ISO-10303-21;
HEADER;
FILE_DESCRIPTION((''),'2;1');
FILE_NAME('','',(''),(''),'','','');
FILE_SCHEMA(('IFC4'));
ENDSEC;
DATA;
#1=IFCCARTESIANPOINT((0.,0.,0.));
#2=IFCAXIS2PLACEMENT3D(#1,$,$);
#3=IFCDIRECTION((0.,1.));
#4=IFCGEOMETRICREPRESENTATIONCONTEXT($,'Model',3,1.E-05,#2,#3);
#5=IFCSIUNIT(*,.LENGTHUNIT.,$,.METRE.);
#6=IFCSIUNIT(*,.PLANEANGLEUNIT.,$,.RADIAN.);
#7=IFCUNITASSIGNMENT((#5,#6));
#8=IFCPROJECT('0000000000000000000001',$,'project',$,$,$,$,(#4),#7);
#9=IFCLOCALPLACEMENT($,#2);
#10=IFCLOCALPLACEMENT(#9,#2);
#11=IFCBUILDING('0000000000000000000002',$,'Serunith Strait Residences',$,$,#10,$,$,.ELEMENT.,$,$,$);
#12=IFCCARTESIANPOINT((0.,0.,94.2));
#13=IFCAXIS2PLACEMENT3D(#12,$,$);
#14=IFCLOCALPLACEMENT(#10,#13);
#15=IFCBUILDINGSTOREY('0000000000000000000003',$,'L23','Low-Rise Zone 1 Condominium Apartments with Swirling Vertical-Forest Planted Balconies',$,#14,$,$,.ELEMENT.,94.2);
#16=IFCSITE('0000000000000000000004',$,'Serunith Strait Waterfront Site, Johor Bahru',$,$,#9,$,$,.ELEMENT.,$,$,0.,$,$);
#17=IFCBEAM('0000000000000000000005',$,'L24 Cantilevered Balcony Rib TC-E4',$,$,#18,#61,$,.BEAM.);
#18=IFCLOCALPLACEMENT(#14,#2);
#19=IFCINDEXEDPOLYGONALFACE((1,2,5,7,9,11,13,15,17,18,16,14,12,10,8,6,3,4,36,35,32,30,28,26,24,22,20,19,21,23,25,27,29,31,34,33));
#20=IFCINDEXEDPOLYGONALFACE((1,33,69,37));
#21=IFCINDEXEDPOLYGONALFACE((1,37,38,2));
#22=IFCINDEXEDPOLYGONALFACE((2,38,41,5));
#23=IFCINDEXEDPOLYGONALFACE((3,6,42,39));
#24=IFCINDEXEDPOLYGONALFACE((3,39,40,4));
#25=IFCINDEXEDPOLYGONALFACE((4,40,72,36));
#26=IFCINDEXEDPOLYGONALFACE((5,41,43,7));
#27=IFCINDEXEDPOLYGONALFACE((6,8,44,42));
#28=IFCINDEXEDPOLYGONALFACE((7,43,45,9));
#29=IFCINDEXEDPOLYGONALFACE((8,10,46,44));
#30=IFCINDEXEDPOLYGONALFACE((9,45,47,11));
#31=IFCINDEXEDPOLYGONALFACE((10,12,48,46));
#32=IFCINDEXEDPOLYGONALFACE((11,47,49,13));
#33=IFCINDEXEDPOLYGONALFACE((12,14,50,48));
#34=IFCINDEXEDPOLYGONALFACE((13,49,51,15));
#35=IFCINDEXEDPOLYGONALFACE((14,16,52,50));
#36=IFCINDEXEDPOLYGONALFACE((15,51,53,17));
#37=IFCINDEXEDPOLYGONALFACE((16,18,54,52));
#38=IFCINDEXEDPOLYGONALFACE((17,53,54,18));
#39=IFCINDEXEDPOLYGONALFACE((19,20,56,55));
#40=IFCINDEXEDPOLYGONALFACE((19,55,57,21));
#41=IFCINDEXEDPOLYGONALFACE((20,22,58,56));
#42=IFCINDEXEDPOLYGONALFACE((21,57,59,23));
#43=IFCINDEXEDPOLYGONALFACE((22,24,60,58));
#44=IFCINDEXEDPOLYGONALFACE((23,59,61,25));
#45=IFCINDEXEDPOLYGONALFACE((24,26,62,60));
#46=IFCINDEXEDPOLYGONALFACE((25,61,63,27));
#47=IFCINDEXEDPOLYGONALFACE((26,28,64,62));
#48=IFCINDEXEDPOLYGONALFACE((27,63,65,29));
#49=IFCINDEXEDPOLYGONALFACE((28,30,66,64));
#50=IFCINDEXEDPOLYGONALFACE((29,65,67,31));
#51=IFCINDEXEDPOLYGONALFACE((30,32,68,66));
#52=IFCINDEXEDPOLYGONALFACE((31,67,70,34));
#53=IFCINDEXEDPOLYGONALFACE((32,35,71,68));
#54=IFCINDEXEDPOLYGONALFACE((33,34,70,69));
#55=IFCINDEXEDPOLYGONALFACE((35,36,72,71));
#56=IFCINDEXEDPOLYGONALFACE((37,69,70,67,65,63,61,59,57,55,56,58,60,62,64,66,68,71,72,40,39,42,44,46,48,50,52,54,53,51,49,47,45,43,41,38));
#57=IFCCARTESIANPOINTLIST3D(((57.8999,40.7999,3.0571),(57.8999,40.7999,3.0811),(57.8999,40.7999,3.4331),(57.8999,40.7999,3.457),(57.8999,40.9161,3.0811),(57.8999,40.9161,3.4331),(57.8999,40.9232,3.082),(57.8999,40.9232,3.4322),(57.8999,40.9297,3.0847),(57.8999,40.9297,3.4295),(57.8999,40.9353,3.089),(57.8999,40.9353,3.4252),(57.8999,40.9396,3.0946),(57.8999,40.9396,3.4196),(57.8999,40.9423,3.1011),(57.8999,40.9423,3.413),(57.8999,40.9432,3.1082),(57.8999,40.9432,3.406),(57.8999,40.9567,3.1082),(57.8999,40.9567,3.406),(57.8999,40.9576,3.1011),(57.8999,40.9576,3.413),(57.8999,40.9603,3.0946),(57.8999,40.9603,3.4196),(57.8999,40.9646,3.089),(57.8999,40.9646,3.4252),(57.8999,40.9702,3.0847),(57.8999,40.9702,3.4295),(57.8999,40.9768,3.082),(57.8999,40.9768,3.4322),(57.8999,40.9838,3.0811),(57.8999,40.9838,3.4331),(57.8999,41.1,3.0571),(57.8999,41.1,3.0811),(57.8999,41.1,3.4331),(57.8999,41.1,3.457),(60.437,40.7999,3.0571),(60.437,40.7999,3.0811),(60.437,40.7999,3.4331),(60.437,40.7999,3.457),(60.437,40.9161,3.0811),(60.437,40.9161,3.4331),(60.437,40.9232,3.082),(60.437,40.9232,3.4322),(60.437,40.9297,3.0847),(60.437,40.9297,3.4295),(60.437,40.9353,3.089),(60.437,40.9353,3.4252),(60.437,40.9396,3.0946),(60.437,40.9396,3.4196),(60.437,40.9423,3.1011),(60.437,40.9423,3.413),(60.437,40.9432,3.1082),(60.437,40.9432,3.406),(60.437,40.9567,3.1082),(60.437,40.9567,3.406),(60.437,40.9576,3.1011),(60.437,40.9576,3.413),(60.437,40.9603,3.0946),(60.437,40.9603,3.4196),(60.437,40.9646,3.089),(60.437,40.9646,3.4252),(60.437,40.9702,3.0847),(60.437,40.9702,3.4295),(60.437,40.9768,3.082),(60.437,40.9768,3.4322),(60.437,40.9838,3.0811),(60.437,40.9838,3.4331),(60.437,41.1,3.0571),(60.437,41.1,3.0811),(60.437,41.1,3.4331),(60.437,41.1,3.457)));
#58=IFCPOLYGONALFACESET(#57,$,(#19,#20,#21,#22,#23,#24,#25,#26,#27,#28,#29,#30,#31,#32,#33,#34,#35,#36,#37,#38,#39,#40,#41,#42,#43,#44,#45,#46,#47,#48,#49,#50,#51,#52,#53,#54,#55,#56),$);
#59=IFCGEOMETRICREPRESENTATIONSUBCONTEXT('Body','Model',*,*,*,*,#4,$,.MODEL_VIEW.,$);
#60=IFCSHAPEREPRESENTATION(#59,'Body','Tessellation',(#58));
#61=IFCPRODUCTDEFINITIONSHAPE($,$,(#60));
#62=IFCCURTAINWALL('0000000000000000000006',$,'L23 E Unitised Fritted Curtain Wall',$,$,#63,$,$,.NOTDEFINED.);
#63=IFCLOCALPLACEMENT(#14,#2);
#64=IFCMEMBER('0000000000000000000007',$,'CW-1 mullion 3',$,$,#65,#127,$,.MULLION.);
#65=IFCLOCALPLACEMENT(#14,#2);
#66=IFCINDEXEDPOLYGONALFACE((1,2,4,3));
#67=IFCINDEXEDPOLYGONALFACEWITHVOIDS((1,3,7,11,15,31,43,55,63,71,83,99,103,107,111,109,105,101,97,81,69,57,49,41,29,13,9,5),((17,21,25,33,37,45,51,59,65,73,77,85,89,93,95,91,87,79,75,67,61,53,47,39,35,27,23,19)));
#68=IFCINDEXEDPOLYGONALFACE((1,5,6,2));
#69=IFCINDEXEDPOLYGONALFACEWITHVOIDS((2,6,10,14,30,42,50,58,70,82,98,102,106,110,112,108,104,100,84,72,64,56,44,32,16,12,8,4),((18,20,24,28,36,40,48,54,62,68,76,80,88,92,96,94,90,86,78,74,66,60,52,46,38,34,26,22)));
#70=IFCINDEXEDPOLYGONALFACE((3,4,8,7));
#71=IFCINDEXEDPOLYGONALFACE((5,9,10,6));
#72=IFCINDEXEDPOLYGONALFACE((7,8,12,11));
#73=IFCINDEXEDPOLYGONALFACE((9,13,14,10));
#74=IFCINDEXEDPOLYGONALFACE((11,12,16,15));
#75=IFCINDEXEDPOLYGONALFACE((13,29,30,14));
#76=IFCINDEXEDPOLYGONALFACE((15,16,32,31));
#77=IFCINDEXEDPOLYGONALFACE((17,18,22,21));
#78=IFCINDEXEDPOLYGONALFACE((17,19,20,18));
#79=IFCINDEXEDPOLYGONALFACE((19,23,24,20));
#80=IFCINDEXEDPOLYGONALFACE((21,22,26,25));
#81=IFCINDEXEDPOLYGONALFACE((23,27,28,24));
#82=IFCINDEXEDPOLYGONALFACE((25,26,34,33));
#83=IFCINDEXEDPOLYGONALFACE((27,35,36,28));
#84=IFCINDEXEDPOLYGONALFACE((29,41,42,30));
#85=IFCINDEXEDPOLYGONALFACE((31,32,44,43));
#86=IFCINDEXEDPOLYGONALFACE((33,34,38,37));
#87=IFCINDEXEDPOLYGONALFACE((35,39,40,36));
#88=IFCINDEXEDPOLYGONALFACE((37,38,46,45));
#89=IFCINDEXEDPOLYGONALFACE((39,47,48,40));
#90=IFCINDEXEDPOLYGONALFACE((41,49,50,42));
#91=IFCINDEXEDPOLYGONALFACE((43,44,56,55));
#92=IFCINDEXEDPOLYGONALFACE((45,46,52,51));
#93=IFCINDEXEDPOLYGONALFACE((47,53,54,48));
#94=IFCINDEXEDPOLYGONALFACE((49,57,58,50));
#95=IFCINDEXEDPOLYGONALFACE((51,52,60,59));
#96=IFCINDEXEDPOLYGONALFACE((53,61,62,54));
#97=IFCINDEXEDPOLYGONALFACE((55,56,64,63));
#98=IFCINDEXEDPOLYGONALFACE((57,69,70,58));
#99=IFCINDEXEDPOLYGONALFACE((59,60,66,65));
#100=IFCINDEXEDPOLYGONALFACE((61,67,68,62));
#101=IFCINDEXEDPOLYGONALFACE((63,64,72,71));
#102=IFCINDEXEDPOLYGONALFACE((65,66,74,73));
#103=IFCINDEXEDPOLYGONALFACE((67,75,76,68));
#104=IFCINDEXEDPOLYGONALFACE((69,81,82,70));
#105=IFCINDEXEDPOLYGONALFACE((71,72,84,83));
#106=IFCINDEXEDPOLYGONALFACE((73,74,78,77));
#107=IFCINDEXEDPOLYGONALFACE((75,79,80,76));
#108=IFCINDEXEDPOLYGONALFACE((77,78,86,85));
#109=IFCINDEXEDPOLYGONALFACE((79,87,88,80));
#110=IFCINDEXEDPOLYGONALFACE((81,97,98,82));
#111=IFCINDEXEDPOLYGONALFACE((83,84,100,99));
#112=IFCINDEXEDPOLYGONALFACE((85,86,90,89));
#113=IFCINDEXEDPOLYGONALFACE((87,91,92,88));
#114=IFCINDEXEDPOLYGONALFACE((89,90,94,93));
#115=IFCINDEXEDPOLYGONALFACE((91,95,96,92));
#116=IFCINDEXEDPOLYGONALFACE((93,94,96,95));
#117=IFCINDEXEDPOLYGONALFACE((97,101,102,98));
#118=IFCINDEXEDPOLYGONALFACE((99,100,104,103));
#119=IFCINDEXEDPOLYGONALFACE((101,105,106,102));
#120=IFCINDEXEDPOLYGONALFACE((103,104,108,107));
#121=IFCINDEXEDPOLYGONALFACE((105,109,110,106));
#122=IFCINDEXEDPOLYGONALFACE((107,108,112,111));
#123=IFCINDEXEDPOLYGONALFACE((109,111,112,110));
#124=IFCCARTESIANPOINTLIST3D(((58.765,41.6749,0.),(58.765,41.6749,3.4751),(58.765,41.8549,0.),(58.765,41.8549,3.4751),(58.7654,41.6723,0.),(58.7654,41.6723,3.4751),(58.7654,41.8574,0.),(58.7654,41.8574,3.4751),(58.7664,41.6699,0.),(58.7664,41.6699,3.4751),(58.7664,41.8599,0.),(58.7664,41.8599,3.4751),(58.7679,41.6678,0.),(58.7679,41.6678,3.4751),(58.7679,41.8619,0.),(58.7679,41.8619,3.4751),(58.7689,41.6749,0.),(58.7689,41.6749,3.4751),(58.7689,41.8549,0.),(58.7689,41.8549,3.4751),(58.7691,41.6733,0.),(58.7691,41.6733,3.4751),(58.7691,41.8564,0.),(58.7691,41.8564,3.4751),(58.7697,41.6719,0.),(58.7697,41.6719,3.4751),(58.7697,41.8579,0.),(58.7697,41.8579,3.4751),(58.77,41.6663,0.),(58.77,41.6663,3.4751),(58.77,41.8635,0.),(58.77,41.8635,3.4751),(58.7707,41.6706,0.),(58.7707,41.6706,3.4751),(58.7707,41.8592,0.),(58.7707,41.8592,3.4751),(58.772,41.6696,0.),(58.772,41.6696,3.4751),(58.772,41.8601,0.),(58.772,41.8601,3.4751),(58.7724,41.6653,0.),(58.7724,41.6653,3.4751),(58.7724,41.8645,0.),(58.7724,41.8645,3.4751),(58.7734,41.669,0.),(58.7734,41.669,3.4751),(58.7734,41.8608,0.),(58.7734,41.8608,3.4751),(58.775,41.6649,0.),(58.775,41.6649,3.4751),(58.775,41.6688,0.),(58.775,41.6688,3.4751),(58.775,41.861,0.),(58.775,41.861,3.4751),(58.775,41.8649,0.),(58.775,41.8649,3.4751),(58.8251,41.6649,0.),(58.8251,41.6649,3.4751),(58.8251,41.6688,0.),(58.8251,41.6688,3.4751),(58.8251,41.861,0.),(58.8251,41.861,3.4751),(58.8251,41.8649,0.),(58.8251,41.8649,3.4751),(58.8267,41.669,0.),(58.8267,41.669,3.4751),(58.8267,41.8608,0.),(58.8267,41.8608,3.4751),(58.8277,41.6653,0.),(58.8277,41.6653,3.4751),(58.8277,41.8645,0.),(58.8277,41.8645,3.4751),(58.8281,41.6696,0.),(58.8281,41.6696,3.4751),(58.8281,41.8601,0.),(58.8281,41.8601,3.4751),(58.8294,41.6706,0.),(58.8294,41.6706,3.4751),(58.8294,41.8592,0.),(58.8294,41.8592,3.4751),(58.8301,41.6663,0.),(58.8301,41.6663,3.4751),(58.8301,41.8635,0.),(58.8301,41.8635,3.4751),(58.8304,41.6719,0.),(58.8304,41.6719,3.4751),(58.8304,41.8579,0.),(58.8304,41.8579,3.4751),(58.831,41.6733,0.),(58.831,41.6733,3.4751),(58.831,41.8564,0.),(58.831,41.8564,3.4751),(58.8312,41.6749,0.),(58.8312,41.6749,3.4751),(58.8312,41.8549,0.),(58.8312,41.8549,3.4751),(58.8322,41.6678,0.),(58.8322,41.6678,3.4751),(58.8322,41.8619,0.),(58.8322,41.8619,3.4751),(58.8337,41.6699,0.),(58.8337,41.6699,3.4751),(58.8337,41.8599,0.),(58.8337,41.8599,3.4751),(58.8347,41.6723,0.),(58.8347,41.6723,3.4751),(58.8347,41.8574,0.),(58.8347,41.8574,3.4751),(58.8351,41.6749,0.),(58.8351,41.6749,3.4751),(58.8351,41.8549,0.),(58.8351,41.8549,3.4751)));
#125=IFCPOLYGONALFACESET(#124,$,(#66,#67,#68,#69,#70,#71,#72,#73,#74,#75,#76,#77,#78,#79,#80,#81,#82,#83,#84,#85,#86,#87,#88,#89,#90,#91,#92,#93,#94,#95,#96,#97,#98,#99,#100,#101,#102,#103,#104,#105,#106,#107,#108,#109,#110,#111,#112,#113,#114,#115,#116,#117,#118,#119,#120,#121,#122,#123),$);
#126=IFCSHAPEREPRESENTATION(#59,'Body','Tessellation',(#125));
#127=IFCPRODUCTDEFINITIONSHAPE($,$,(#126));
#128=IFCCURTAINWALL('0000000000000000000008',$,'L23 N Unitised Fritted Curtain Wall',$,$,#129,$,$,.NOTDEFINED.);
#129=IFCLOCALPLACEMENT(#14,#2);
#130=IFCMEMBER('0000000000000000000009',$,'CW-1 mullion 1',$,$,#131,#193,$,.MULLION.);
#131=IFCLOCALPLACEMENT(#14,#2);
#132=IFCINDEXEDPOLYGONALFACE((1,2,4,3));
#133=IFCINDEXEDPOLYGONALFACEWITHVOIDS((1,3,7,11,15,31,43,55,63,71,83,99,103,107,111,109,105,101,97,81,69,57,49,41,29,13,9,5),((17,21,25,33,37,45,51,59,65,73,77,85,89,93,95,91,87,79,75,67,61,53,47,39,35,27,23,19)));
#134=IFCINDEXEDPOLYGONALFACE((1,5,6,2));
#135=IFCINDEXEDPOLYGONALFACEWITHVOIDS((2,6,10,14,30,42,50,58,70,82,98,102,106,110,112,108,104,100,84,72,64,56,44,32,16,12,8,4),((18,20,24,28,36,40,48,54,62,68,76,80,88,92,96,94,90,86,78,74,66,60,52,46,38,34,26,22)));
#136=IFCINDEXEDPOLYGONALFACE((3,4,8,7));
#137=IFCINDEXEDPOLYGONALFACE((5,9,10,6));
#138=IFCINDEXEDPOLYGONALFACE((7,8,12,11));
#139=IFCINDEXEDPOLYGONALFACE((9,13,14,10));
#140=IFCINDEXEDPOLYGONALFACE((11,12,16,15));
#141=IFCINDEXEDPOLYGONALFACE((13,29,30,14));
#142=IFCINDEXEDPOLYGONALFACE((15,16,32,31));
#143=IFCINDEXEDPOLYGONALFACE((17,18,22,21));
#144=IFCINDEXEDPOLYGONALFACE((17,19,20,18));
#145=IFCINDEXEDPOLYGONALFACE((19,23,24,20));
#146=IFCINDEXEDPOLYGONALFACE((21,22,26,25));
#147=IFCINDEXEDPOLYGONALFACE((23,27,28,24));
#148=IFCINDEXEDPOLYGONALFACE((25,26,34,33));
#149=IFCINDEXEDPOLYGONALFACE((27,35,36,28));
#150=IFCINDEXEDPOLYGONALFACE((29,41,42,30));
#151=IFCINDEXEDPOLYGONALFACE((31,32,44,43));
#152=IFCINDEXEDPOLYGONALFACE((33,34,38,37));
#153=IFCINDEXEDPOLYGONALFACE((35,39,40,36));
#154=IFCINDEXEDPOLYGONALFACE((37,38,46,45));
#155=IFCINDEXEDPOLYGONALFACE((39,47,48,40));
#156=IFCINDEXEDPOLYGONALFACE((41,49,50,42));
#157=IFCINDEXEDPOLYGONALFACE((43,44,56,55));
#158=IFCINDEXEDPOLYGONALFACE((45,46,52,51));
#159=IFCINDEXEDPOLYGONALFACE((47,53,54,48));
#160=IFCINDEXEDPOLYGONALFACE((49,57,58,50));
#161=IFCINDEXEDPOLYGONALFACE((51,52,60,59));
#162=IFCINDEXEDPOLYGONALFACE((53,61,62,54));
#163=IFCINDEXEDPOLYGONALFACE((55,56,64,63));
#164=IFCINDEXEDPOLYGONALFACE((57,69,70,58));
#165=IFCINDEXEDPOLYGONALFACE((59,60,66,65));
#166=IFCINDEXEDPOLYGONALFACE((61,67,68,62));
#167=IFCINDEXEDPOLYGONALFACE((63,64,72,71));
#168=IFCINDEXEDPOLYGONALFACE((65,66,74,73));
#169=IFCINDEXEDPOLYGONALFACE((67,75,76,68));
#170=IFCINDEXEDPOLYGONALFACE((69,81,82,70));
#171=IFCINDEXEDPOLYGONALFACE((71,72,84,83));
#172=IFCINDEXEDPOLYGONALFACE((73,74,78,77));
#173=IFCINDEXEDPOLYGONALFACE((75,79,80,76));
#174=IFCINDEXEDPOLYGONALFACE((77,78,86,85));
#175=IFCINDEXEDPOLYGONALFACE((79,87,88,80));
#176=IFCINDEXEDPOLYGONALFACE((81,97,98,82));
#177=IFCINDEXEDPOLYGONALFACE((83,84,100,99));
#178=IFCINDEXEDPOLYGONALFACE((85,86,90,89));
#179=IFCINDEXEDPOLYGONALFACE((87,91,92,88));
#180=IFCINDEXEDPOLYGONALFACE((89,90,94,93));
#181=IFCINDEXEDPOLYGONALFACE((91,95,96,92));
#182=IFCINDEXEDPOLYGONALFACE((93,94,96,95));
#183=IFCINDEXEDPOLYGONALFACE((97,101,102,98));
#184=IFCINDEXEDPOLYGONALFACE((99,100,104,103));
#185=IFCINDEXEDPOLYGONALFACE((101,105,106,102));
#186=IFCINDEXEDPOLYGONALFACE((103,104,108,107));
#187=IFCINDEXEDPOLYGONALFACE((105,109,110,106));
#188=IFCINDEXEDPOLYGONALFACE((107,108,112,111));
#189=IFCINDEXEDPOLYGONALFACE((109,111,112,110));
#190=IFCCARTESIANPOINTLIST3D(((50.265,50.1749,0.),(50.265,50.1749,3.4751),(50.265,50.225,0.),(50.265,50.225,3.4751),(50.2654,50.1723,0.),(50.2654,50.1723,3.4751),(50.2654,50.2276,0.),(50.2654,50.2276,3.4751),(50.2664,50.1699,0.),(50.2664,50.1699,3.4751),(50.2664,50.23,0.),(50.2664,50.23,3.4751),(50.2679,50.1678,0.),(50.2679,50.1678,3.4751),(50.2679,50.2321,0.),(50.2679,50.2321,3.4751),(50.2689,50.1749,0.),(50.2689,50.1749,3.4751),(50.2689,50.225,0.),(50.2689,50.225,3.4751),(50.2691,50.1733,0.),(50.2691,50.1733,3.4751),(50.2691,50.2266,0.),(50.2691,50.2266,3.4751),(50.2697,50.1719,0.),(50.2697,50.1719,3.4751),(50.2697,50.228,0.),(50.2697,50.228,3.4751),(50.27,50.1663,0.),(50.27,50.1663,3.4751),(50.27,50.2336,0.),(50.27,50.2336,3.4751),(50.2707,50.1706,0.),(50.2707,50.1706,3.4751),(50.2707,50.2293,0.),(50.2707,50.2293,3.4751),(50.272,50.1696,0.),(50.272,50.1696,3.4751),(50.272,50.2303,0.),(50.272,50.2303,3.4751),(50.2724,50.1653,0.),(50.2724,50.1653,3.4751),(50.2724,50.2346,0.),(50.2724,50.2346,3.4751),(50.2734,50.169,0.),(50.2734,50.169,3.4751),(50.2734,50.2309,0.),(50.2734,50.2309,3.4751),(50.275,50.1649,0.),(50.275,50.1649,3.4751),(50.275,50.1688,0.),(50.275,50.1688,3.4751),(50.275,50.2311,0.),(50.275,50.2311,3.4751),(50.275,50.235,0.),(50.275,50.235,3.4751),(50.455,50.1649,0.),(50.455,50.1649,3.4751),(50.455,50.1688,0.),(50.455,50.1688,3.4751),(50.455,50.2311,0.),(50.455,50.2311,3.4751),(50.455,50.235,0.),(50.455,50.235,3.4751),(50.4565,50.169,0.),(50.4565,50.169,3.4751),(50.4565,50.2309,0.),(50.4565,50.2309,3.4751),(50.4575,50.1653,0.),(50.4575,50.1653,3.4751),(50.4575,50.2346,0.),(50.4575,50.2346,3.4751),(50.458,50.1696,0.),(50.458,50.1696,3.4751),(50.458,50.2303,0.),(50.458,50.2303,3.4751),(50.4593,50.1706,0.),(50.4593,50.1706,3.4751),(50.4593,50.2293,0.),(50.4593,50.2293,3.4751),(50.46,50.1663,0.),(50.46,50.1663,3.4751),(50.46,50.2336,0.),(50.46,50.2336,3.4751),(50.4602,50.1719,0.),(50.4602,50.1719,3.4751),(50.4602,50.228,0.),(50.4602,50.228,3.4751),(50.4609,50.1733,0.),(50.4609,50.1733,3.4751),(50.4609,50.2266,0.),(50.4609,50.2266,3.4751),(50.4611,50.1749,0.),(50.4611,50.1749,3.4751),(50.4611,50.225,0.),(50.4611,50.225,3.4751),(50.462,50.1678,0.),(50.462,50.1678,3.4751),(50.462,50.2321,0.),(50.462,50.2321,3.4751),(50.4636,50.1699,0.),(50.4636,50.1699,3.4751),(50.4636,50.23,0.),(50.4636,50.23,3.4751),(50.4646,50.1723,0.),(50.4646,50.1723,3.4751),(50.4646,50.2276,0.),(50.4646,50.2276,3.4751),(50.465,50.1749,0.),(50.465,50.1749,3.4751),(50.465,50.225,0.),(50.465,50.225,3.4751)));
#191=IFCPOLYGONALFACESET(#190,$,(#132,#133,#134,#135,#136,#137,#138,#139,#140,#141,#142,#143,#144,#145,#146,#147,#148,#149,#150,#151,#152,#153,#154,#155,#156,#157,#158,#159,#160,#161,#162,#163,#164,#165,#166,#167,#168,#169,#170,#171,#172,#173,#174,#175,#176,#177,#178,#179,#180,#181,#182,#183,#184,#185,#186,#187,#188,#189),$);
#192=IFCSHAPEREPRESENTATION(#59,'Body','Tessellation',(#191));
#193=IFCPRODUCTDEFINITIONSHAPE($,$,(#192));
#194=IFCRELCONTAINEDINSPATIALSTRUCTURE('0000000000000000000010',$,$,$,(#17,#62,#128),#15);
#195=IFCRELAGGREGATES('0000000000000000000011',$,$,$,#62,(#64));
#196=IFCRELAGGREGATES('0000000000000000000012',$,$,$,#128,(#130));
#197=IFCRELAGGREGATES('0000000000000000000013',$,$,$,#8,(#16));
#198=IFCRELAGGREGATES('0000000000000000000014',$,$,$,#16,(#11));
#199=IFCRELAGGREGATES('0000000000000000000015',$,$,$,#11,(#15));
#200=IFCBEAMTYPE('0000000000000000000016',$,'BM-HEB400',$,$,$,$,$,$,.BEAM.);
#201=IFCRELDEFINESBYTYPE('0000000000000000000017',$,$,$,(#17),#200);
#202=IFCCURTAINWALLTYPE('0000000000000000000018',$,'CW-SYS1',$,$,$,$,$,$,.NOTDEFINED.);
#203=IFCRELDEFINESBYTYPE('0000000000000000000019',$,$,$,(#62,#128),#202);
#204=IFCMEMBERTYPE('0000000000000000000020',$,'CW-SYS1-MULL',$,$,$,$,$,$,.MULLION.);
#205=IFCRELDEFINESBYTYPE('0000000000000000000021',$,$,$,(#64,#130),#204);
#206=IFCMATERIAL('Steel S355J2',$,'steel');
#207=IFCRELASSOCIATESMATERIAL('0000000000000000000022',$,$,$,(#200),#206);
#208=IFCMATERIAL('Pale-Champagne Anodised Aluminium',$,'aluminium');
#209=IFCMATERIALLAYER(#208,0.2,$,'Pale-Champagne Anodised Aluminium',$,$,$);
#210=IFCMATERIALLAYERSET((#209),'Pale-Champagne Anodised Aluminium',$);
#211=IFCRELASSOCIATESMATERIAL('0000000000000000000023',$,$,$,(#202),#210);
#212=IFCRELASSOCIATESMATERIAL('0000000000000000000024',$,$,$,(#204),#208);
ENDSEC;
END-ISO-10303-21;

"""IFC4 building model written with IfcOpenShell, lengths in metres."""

from ifc_helpers import new_model, si_unit, direction, frame, origin, origin_2d, place, context, subcontext, project, spatial, hollow_rectangle, i_section, extrude, source, transform, mapped, material, layer, layer_set, material_profile, profile_set, type_object, element, aggregate, save


model = new_model("IFC4")

# Units and contexts
model_context = context("Model", 3, precision=1e-05, world=origin(), true_north=direction((0.0, 1.0)))
body_context = subcontext(model_context, "Body", "Model", "MODEL_VIEW")
ifc_project = project(units=[si_unit("LENGTHUNIT", "METRE"), si_unit("PLANEANGLEUNIT", "RADIAN")], contexts=[model_context])

# Site, building, storey
site_placement = place(None, origin())
site = spatial("IfcSite", under=ifc_project, at=site_placement, Name="Serunith Strait Waterfront Site, Johor Bahru", CompositionType="ELEMENT", RefElevation=0.0)
building_placement = place(site_placement, origin())
building = spatial("IfcBuilding", under=site, at=building_placement, Name="Serunith Strait Residences", CompositionType="ELEMENT")
storey_placement = place(building_placement, frame((0.0, 0.0, 94.2)))
storey = spatial("IfcBuildingStorey", under=building, at=storey_placement, Name="L23", Description="Low-Rise Zone 1 Condominium Apartments with Swirling Vertical-Forest Planted Balconies", CompositionType="ELEMENT", Elevation=94.2)

# Beam
ifc_material_1 = material(Name="Steel S355J2", Category="steel")
ifc_material_profile_1 = material_profile(ifc_material_1, i_section(OverallWidth=0.3, OverallDepth=0.3999, WebThickness=0.0134, FlangeThickness=0.0239, FilletRadius=0.0271, at=origin_2d()), Name="HEB 400")
ifc_profile_set_1 = profile_set([ifc_material_profile_1], Name="Steel S355J2")
beam_type_1 = type_object("IfcBeamType", Name="BM-HEB400", PredefinedType="BEAM", material=ifc_profile_set_1)
shared_shape_1 = source(origin(), body_context, "Body", "SweptSolid", [
    extrude(i_section(OverallWidth=0.3, OverallDepth=0.3999, WebThickness=0.0134, FlangeThickness=0.0239, FilletRadius=0.0271, at=origin_2d()), origin(), (0.0, 0.0, 1.0), 2.5371),
])
beam_1_placement = place(storey_placement, frame((57.8999, 40.95, 3.2571), z_axis=(1.0, 0.0, 0.0), x_axis=(0.0, 1.0, 0.0)))
element("IfcBeam", 1, at=beam_1_placement, inside=storey, type_object=beam_type_1, Name="L24 Cantilevered Balcony Rib TC-E4", PredefinedType="BEAM", context=body_context, shape_type="MappedRepresentation", body=[
    mapped(shared_shape_1, transform((0.0, 0.0, 0.0), scale=1.0)),
])

# Curtain wall, member
ifc_material_2 = material(Name="Pale-Champagne Anodised Aluminium", Category="aluminium")
ifc_layer_1 = layer(ifc_material_2, 0.2, Name="Pale-Champagne Anodised Aluminium")
ifc_layer_set_1 = layer_set([ifc_layer_1], Name="Pale-Champagne Anodised Aluminium")
curtain_wall_type = type_object("IfcCurtainWallType", Name="CW-SYS1", PredefinedType="NOTDEFINED", material=ifc_layer_set_1)
curtain_wall_1_placement = place(storey_placement, origin())
curtain_wall_1 = element("IfcCurtainWall", 2, at=curtain_wall_1_placement, inside=storey, type_object=curtain_wall_type, Name="L23 E Unitised Fritted Curtain Wall", PredefinedType="NOTDEFINED")
ifc_material_profile_2 = material_profile(ifc_material_2, hollow_rectangle(XDim=0.0701, YDim=0.2, WallThickness=0.0039, InnerFilletRadius=0.0061, OuterFilletRadius=0.01, at=origin_2d()), Name="ALU 200x70x4")
ifc_profile_set_2 = profile_set([ifc_material_profile_2], Name="Pale-Champagne Anodised Aluminium")
member_type_1 = type_object("IfcMemberType", Name="CW-SYS1-MULL", PredefinedType="MULLION", material=ifc_profile_set_2)
shared_shape_2 = source(origin(), body_context, "Body", "SweptSolid", [
    extrude(hollow_rectangle(XDim=0.0701, YDim=0.2, WallThickness=0.0039, InnerFilletRadius=0.0061, OuterFilletRadius=0.01, at=origin_2d()), origin(), (0.0, 0.0, 1.0), 3.4751),
])
member_1_placement = place(storey_placement, frame((58.8, 41.7649, 0.0), z_axis=(0.0, 0.0, 1.0), x_axis=(-1.0, 0.0, 0.0)))
member_1 = element("IfcMember", 3, at=member_1_placement, type_object=member_type_1, Name="CW-1 mullion 3", PredefinedType="MULLION", context=body_context, shape_type="MappedRepresentation", body=[
    mapped(shared_shape_2, transform((0.0, 0.0, 0.0), scale=1.0)),
])
aggregate(curtain_wall_1, [member_1])

# Curtain wall, member
curtain_wall_2_placement = place(storey_placement, origin())
curtain_wall_2 = element("IfcCurtainWall", 4, at=curtain_wall_2_placement, inside=storey, type_object=curtain_wall_type, Name="L23 N Unitised Fritted Curtain Wall", PredefinedType="NOTDEFINED")
member_2_placement = place(storey_placement, frame((50.365, 50.2, 0.0), z_axis=(0.0, 0.0, 1.0), x_axis=(0.0, -1.0, 0.0)))
member_2 = element("IfcMember", 5, at=member_2_placement, type_object=member_type_1, Name="CW-1 mullion 1", PredefinedType="MULLION", context=body_context, shape_type="MappedRepresentation", body=[
    mapped(shared_shape_2, transform((0.0, 0.0, 0.0), scale=1.0)),
])
aggregate(curtain_wall_2, [member_2])

save(model, "model.ifc")
